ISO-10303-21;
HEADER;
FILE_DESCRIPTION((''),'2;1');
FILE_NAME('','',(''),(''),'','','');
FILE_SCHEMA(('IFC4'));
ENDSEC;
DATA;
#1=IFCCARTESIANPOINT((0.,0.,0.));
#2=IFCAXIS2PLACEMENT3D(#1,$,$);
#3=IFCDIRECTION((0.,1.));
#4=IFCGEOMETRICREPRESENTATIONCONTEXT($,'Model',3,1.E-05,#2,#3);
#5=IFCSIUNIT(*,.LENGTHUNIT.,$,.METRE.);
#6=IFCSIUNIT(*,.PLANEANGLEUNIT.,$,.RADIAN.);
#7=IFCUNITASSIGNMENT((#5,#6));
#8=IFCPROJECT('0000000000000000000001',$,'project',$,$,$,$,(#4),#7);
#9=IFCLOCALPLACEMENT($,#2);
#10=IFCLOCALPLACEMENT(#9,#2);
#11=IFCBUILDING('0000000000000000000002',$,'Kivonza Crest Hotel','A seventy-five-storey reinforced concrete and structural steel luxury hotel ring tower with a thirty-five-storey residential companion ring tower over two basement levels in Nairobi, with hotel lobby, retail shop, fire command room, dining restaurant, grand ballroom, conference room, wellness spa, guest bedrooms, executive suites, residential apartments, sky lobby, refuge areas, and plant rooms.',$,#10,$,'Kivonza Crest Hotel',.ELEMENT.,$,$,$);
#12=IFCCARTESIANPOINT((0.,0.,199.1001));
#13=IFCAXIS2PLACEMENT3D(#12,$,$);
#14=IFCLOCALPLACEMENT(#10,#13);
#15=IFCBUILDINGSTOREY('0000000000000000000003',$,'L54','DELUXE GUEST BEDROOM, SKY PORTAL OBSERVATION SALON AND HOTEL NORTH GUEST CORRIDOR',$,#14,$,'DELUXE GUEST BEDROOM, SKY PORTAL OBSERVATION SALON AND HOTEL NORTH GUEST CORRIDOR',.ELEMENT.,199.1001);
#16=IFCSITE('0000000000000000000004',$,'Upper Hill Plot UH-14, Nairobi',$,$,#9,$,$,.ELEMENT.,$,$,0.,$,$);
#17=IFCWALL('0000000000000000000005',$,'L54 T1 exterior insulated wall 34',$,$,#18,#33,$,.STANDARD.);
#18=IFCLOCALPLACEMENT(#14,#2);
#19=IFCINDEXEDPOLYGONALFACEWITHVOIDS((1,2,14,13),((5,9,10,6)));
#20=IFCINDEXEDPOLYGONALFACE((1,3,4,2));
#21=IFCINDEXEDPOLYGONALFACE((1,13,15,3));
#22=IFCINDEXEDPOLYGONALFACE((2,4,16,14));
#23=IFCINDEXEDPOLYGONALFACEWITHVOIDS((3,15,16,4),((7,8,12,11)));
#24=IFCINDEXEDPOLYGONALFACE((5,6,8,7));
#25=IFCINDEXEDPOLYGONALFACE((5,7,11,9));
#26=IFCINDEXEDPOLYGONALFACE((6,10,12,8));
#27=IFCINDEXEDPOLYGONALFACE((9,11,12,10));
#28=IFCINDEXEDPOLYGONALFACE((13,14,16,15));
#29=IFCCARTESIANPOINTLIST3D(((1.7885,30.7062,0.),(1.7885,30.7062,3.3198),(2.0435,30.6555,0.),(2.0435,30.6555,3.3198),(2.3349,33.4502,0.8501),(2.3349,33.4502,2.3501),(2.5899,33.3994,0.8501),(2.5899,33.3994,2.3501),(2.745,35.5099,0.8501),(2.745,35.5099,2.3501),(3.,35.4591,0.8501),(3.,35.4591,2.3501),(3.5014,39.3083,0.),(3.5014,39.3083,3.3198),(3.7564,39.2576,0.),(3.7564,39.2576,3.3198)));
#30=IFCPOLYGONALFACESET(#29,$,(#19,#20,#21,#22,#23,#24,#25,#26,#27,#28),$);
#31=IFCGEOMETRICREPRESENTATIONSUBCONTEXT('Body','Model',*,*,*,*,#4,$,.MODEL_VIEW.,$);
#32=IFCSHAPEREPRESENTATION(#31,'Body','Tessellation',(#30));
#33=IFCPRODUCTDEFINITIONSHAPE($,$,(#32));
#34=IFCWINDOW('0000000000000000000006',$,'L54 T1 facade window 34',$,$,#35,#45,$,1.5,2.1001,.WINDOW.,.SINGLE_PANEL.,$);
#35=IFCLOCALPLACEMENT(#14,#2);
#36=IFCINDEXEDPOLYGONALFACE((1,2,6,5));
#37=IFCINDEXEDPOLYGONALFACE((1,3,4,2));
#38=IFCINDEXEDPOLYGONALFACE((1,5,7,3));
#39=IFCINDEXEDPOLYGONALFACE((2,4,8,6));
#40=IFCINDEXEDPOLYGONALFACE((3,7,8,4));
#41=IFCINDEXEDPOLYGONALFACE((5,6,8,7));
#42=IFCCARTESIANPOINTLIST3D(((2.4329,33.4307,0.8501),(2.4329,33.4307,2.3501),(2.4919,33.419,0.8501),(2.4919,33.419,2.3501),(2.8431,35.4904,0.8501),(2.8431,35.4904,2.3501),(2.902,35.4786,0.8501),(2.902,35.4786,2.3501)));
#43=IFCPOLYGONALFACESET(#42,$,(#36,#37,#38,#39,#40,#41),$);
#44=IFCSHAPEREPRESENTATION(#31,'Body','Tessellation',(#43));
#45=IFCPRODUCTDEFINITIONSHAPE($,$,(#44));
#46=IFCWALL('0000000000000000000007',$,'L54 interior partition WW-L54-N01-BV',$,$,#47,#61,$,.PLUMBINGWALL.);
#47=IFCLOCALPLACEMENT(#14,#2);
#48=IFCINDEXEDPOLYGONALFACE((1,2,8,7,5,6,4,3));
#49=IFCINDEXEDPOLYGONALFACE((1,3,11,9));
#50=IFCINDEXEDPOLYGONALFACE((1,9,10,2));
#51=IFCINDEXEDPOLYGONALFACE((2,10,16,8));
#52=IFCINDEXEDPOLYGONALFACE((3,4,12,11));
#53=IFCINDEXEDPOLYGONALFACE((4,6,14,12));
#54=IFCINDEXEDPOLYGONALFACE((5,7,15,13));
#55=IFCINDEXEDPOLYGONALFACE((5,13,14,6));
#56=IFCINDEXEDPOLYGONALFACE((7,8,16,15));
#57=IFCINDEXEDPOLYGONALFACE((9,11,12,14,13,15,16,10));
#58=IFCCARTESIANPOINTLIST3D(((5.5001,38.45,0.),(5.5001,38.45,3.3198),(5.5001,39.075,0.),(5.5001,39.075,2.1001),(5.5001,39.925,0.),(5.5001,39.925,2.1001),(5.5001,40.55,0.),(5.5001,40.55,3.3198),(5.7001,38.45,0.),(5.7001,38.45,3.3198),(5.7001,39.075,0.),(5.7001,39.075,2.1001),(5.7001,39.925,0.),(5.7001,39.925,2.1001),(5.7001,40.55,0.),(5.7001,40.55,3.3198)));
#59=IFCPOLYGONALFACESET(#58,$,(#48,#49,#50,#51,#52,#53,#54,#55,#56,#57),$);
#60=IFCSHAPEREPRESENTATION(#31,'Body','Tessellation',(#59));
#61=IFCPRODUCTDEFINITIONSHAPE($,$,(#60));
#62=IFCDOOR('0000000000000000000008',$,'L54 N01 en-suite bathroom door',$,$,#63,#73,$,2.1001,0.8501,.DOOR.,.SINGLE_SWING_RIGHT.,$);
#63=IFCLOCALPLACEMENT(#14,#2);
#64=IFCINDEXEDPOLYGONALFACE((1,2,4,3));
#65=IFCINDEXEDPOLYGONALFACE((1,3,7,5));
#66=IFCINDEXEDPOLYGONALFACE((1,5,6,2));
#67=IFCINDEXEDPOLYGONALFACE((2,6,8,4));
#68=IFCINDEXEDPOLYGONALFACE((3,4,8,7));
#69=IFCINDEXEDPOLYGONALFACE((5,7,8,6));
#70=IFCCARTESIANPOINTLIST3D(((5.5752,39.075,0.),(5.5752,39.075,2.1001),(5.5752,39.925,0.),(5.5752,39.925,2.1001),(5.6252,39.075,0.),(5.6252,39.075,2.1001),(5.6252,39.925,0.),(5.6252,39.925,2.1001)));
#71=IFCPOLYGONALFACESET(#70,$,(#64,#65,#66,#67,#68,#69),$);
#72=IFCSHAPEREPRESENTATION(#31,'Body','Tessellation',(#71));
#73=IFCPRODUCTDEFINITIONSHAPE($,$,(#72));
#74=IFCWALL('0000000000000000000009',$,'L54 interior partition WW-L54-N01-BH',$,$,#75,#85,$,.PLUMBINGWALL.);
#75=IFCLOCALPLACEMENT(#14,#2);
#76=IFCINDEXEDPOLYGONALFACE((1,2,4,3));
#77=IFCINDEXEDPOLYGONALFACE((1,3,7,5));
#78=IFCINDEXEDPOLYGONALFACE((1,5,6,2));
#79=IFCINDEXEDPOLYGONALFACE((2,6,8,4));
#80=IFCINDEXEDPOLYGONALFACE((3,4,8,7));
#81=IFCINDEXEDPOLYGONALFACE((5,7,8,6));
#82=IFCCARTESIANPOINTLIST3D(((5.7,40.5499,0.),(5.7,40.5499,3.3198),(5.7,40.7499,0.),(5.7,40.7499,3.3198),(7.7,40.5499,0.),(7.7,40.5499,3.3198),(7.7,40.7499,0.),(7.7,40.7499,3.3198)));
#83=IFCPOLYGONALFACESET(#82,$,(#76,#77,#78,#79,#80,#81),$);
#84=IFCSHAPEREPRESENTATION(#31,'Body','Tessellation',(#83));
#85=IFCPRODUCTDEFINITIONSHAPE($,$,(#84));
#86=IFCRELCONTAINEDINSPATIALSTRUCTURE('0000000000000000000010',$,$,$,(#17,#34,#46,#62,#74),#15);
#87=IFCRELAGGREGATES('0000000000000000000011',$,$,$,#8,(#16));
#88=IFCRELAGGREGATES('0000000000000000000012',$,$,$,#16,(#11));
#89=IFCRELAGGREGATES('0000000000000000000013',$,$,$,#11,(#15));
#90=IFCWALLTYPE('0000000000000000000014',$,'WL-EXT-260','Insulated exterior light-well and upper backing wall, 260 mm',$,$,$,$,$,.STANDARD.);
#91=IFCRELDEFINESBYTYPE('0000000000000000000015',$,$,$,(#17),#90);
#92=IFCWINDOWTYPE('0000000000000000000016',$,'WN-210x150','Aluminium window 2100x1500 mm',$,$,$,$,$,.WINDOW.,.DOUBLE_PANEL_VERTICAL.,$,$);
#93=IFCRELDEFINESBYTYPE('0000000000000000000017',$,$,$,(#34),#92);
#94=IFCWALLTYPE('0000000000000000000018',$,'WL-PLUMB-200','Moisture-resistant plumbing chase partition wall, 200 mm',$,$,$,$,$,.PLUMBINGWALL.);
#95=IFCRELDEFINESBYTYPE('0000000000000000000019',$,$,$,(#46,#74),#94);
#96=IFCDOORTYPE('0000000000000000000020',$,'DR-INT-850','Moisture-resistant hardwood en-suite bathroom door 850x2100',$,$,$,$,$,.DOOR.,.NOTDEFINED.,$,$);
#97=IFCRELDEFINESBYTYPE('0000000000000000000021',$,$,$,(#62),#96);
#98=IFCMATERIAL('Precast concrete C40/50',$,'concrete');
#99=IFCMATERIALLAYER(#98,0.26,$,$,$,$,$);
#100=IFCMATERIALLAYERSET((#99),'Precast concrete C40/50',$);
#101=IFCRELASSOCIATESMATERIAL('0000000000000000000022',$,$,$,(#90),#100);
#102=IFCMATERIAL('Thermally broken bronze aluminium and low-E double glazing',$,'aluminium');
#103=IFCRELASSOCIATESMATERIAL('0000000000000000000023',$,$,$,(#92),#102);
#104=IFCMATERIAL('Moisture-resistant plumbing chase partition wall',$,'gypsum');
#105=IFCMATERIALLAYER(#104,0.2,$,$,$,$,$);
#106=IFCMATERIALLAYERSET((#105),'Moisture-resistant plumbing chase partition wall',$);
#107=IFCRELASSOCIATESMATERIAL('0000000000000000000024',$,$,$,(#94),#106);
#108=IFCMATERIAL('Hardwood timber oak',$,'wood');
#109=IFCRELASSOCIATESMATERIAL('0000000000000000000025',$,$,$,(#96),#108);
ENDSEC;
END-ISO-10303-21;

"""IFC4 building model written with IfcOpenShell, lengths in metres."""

from ifc_helpers import new_model, si_unit, direction, frame, frame_2d, origin, place, context, subcontext, project, spatial, rectangle, extrude, material, layer, layer_set, type_object, element, fill, save


model = new_model("IFC4")

# Units and contexts
model_context = context("Model", 3, precision=1e-05, world=origin(), true_north=direction((0.0, 1.0)))
body_context = subcontext(model_context, "Body", "Model", "MODEL_VIEW")
ifc_project = project(units=[si_unit("LENGTHUNIT", "METRE"), si_unit("PLANEANGLEUNIT", "RADIAN")], contexts=[model_context])

# Site, building, storey
site_placement = place(None, origin())
site = spatial("IfcSite", under=ifc_project, at=site_placement, Name="Upper Hill Plot UH-14, Nairobi", CompositionType="ELEMENT", RefElevation=0.0)
building_placement = place(site_placement, origin())
building = spatial("IfcBuilding", under=site, at=building_placement, Name="Kivonza Crest Hotel", Description="A seventy-five-storey reinforced concrete and structural steel luxury hotel ring tower with a thirty-five-storey residential companion ring tower over two basement levels in Nairobi, with hotel lobby, retail shop, fire command room, dining restaurant, grand ballroom, conference room, wellness spa, guest bedrooms, executive suites, residential apartments, sky lobby, refuge areas, and plant rooms.", LongName="Kivonza Crest Hotel", CompositionType="ELEMENT")
storey_placement = place(building_placement, frame((0.0, 0.0, 199.1001)))
storey = spatial("IfcBuildingStorey", under=building, at=storey_placement, Name="L54", Description="DELUXE GUEST BEDROOM, SKY PORTAL OBSERVATION SALON AND HOTEL NORTH GUEST CORRIDOR", LongName="DELUXE GUEST BEDROOM, SKY PORTAL OBSERVATION SALON AND HOTEL NORTH GUEST CORRIDOR", CompositionType="ELEMENT", Elevation=199.1001)

# Shared definitions
ifc_material_1 = material(Name="Hardwood timber oak", Category="wood")

# Shared definitions
ifc_material_2 = material(Name="Precast concrete C40/50", Category="concrete")
ifc_layer_1 = layer(ifc_material_2, 0.26)
ifc_layer_set_1 = layer_set([ifc_layer_1], Name="Precast concrete C40/50")
wall_type_1 = type_object("IfcWallType", Name="WL-EXT-260", Description="Insulated exterior light-well and upper backing wall, 260 mm", PredefinedType="STANDARD", material=ifc_layer_set_1)

# Wall, opening, window
ifc_material_3 = material(Name="Thermally broken bronze aluminium and low-E double glazing", Category="aluminium")
wall_1_placement = place(storey_placement, frame((3.6289, 39.283, 0.0), z_axis=(0.0, 0.0, 1.0), x_axis=(-0.195292, -0.980745, 0.0)))
wall_1 = element("IfcWall", 1, at=wall_1_placement, inside=storey, type_object=wall_type_1, Name="L54 T1 exterior insulated wall 34", PredefinedType="STANDARD", context=body_context, shape_type="SweptSolid", body=[
    extrude(rectangle(XDim=8.771, YDim=0.26, at=frame_2d((4.3855, 0.0))), origin(), (0.0, 0.0, 1.0), 3.3198),
])
opening_1_placement = place(wall_1_placement, frame((3.873, 0.0, 0.8501)))
opening_1 = element("IfcOpeningElement", 2, at=opening_1_placement, cuts=wall_1, PredefinedType="OPENING", context=body_context, shape_type="SweptSolid", body=[
    extrude(rectangle(XDim=2.1001, YDim=1.5, at=frame_2d((1.05, 0.75))), frame((0.0, 0.1401, 0.0), z_axis=(0.0, -1.0, 0.0), x_axis=(1.0, 0.0, 0.0)), (0.0, 0.0, 1.0), 0.28),
])
window_type_1 = type_object("IfcWindowType", Name="WN-210x150", Description="Aluminium window 2100x1500 mm", PartitioningType="DOUBLE_PANEL_VERTICAL", PredefinedType="WINDOW", material=ifc_material_3)
window_1_placement = place(opening_1_placement, origin())
window_1 = element("IfcWindow", 3, at=window_1_placement, inside=storey, type_object=window_type_1, Name="L54 T1 facade window 34", OverallHeight=1.5, OverallWidth=2.1001, PartitioningType="SINGLE_PANEL", PredefinedType="WINDOW", context=body_context, shape_type="SweptSolid", body=[
    extrude(rectangle(XDim=2.1001, YDim=1.5, at=frame_2d((1.05, 0.75))), frame((0.0, 0.03, 0.0), z_axis=(0.0, -1.0, 0.0), x_axis=(1.0, 0.0, 0.0)), (0.0, 0.0, 1.0), 0.0601),
])
fill(opening_1, window_1)

# Wall, opening, door
ifc_material_4 = material(Name="Moisture-resistant plumbing chase partition wall", Category="gypsum")
ifc_layer_2 = layer(ifc_material_4, 0.2)
ifc_layer_set_2 = layer_set([ifc_layer_2], Name="Moisture-resistant plumbing chase partition wall")
wall_type_2 = type_object("IfcWallType", Name="WL-PLUMB-200", Description="Moisture-resistant plumbing chase partition wall, 200 mm", PredefinedType="PLUMBINGWALL", material=ifc_layer_set_2)
wall_2_placement = place(storey_placement, frame((5.6001, 38.45, 0.0), z_axis=(0.0, 0.0, 1.0), x_axis=(0.0, 1.0, 0.0)))
wall_2 = element("IfcWall", 4, at=wall_2_placement, inside=storey, type_object=wall_type_2, Name="L54 interior partition WW-L54-N01-BV", PredefinedType="PLUMBINGWALL", context=body_context, shape_type="SweptSolid", body=[
    extrude(rectangle(XDim=2.1001, YDim=0.2, at=frame_2d((1.05, 0.0))), origin(), (0.0, 0.0, 1.0), 3.3198),
])
opening_2_placement = place(wall_2_placement, frame((0.625, 0.0, 0.0)))
opening_2 = element("IfcOpeningElement", 5, at=opening_2_placement, cuts=wall_2, PredefinedType="OPENING", context=body_context, shape_type="SweptSolid", body=[
    extrude(rectangle(XDim=0.8501, YDim=2.1001, at=frame_2d((0.425, 1.05))), frame((0.0, 0.1099, 0.0), z_axis=(0.0, -1.0, 0.0), x_axis=(1.0, 0.0, 0.0)), (0.0, 0.0, 1.0), 0.22),
])
door_type_1 = type_object("IfcDoorType", Name="DR-INT-850", Description="Moisture-resistant hardwood en-suite bathroom door 850x2100", OperationType="NOTDEFINED", PredefinedType="DOOR", material=ifc_material_1)
door_1_placement = place(opening_2_placement, origin())
door_1 = element("IfcDoor", 6, at=door_1_placement, inside=storey, type_object=door_type_1, Name="L54 N01 en-suite bathroom door", OperationType="SINGLE_SWING_RIGHT", OverallHeight=2.1001, OverallWidth=0.8501, PredefinedType="DOOR", context=body_context, shape_type="SweptSolid", body=[
    extrude(rectangle(XDim=0.8501, YDim=2.1001, at=frame_2d((0.425, 1.05))), frame((0.0, 0.0249, 0.0), z_axis=(0.0, -1.0, 0.0), x_axis=(1.0, 0.0, 0.0)), (0.0, 0.0, 1.0), 0.05),
])
fill(opening_2, door_1)

# Wall
wall_3_placement = place(storey_placement, frame((5.7, 40.6499, 0.0), z_axis=(0.0, 0.0, 1.0), x_axis=(1.0, 0.0, 0.0)))
element("IfcWall", 7, at=wall_3_placement, inside=storey, type_object=wall_type_2, Name="L54 interior partition WW-L54-N01-BH", PredefinedType="PLUMBINGWALL", context=body_context, shape_type="SweptSolid", body=[
    extrude(rectangle(XDim=2.0, YDim=0.2, at=frame_2d((1.0, 0.0))), origin(), (0.0, 0.0, 1.0), 3.3198),
])

save(model, "model.ifc")
